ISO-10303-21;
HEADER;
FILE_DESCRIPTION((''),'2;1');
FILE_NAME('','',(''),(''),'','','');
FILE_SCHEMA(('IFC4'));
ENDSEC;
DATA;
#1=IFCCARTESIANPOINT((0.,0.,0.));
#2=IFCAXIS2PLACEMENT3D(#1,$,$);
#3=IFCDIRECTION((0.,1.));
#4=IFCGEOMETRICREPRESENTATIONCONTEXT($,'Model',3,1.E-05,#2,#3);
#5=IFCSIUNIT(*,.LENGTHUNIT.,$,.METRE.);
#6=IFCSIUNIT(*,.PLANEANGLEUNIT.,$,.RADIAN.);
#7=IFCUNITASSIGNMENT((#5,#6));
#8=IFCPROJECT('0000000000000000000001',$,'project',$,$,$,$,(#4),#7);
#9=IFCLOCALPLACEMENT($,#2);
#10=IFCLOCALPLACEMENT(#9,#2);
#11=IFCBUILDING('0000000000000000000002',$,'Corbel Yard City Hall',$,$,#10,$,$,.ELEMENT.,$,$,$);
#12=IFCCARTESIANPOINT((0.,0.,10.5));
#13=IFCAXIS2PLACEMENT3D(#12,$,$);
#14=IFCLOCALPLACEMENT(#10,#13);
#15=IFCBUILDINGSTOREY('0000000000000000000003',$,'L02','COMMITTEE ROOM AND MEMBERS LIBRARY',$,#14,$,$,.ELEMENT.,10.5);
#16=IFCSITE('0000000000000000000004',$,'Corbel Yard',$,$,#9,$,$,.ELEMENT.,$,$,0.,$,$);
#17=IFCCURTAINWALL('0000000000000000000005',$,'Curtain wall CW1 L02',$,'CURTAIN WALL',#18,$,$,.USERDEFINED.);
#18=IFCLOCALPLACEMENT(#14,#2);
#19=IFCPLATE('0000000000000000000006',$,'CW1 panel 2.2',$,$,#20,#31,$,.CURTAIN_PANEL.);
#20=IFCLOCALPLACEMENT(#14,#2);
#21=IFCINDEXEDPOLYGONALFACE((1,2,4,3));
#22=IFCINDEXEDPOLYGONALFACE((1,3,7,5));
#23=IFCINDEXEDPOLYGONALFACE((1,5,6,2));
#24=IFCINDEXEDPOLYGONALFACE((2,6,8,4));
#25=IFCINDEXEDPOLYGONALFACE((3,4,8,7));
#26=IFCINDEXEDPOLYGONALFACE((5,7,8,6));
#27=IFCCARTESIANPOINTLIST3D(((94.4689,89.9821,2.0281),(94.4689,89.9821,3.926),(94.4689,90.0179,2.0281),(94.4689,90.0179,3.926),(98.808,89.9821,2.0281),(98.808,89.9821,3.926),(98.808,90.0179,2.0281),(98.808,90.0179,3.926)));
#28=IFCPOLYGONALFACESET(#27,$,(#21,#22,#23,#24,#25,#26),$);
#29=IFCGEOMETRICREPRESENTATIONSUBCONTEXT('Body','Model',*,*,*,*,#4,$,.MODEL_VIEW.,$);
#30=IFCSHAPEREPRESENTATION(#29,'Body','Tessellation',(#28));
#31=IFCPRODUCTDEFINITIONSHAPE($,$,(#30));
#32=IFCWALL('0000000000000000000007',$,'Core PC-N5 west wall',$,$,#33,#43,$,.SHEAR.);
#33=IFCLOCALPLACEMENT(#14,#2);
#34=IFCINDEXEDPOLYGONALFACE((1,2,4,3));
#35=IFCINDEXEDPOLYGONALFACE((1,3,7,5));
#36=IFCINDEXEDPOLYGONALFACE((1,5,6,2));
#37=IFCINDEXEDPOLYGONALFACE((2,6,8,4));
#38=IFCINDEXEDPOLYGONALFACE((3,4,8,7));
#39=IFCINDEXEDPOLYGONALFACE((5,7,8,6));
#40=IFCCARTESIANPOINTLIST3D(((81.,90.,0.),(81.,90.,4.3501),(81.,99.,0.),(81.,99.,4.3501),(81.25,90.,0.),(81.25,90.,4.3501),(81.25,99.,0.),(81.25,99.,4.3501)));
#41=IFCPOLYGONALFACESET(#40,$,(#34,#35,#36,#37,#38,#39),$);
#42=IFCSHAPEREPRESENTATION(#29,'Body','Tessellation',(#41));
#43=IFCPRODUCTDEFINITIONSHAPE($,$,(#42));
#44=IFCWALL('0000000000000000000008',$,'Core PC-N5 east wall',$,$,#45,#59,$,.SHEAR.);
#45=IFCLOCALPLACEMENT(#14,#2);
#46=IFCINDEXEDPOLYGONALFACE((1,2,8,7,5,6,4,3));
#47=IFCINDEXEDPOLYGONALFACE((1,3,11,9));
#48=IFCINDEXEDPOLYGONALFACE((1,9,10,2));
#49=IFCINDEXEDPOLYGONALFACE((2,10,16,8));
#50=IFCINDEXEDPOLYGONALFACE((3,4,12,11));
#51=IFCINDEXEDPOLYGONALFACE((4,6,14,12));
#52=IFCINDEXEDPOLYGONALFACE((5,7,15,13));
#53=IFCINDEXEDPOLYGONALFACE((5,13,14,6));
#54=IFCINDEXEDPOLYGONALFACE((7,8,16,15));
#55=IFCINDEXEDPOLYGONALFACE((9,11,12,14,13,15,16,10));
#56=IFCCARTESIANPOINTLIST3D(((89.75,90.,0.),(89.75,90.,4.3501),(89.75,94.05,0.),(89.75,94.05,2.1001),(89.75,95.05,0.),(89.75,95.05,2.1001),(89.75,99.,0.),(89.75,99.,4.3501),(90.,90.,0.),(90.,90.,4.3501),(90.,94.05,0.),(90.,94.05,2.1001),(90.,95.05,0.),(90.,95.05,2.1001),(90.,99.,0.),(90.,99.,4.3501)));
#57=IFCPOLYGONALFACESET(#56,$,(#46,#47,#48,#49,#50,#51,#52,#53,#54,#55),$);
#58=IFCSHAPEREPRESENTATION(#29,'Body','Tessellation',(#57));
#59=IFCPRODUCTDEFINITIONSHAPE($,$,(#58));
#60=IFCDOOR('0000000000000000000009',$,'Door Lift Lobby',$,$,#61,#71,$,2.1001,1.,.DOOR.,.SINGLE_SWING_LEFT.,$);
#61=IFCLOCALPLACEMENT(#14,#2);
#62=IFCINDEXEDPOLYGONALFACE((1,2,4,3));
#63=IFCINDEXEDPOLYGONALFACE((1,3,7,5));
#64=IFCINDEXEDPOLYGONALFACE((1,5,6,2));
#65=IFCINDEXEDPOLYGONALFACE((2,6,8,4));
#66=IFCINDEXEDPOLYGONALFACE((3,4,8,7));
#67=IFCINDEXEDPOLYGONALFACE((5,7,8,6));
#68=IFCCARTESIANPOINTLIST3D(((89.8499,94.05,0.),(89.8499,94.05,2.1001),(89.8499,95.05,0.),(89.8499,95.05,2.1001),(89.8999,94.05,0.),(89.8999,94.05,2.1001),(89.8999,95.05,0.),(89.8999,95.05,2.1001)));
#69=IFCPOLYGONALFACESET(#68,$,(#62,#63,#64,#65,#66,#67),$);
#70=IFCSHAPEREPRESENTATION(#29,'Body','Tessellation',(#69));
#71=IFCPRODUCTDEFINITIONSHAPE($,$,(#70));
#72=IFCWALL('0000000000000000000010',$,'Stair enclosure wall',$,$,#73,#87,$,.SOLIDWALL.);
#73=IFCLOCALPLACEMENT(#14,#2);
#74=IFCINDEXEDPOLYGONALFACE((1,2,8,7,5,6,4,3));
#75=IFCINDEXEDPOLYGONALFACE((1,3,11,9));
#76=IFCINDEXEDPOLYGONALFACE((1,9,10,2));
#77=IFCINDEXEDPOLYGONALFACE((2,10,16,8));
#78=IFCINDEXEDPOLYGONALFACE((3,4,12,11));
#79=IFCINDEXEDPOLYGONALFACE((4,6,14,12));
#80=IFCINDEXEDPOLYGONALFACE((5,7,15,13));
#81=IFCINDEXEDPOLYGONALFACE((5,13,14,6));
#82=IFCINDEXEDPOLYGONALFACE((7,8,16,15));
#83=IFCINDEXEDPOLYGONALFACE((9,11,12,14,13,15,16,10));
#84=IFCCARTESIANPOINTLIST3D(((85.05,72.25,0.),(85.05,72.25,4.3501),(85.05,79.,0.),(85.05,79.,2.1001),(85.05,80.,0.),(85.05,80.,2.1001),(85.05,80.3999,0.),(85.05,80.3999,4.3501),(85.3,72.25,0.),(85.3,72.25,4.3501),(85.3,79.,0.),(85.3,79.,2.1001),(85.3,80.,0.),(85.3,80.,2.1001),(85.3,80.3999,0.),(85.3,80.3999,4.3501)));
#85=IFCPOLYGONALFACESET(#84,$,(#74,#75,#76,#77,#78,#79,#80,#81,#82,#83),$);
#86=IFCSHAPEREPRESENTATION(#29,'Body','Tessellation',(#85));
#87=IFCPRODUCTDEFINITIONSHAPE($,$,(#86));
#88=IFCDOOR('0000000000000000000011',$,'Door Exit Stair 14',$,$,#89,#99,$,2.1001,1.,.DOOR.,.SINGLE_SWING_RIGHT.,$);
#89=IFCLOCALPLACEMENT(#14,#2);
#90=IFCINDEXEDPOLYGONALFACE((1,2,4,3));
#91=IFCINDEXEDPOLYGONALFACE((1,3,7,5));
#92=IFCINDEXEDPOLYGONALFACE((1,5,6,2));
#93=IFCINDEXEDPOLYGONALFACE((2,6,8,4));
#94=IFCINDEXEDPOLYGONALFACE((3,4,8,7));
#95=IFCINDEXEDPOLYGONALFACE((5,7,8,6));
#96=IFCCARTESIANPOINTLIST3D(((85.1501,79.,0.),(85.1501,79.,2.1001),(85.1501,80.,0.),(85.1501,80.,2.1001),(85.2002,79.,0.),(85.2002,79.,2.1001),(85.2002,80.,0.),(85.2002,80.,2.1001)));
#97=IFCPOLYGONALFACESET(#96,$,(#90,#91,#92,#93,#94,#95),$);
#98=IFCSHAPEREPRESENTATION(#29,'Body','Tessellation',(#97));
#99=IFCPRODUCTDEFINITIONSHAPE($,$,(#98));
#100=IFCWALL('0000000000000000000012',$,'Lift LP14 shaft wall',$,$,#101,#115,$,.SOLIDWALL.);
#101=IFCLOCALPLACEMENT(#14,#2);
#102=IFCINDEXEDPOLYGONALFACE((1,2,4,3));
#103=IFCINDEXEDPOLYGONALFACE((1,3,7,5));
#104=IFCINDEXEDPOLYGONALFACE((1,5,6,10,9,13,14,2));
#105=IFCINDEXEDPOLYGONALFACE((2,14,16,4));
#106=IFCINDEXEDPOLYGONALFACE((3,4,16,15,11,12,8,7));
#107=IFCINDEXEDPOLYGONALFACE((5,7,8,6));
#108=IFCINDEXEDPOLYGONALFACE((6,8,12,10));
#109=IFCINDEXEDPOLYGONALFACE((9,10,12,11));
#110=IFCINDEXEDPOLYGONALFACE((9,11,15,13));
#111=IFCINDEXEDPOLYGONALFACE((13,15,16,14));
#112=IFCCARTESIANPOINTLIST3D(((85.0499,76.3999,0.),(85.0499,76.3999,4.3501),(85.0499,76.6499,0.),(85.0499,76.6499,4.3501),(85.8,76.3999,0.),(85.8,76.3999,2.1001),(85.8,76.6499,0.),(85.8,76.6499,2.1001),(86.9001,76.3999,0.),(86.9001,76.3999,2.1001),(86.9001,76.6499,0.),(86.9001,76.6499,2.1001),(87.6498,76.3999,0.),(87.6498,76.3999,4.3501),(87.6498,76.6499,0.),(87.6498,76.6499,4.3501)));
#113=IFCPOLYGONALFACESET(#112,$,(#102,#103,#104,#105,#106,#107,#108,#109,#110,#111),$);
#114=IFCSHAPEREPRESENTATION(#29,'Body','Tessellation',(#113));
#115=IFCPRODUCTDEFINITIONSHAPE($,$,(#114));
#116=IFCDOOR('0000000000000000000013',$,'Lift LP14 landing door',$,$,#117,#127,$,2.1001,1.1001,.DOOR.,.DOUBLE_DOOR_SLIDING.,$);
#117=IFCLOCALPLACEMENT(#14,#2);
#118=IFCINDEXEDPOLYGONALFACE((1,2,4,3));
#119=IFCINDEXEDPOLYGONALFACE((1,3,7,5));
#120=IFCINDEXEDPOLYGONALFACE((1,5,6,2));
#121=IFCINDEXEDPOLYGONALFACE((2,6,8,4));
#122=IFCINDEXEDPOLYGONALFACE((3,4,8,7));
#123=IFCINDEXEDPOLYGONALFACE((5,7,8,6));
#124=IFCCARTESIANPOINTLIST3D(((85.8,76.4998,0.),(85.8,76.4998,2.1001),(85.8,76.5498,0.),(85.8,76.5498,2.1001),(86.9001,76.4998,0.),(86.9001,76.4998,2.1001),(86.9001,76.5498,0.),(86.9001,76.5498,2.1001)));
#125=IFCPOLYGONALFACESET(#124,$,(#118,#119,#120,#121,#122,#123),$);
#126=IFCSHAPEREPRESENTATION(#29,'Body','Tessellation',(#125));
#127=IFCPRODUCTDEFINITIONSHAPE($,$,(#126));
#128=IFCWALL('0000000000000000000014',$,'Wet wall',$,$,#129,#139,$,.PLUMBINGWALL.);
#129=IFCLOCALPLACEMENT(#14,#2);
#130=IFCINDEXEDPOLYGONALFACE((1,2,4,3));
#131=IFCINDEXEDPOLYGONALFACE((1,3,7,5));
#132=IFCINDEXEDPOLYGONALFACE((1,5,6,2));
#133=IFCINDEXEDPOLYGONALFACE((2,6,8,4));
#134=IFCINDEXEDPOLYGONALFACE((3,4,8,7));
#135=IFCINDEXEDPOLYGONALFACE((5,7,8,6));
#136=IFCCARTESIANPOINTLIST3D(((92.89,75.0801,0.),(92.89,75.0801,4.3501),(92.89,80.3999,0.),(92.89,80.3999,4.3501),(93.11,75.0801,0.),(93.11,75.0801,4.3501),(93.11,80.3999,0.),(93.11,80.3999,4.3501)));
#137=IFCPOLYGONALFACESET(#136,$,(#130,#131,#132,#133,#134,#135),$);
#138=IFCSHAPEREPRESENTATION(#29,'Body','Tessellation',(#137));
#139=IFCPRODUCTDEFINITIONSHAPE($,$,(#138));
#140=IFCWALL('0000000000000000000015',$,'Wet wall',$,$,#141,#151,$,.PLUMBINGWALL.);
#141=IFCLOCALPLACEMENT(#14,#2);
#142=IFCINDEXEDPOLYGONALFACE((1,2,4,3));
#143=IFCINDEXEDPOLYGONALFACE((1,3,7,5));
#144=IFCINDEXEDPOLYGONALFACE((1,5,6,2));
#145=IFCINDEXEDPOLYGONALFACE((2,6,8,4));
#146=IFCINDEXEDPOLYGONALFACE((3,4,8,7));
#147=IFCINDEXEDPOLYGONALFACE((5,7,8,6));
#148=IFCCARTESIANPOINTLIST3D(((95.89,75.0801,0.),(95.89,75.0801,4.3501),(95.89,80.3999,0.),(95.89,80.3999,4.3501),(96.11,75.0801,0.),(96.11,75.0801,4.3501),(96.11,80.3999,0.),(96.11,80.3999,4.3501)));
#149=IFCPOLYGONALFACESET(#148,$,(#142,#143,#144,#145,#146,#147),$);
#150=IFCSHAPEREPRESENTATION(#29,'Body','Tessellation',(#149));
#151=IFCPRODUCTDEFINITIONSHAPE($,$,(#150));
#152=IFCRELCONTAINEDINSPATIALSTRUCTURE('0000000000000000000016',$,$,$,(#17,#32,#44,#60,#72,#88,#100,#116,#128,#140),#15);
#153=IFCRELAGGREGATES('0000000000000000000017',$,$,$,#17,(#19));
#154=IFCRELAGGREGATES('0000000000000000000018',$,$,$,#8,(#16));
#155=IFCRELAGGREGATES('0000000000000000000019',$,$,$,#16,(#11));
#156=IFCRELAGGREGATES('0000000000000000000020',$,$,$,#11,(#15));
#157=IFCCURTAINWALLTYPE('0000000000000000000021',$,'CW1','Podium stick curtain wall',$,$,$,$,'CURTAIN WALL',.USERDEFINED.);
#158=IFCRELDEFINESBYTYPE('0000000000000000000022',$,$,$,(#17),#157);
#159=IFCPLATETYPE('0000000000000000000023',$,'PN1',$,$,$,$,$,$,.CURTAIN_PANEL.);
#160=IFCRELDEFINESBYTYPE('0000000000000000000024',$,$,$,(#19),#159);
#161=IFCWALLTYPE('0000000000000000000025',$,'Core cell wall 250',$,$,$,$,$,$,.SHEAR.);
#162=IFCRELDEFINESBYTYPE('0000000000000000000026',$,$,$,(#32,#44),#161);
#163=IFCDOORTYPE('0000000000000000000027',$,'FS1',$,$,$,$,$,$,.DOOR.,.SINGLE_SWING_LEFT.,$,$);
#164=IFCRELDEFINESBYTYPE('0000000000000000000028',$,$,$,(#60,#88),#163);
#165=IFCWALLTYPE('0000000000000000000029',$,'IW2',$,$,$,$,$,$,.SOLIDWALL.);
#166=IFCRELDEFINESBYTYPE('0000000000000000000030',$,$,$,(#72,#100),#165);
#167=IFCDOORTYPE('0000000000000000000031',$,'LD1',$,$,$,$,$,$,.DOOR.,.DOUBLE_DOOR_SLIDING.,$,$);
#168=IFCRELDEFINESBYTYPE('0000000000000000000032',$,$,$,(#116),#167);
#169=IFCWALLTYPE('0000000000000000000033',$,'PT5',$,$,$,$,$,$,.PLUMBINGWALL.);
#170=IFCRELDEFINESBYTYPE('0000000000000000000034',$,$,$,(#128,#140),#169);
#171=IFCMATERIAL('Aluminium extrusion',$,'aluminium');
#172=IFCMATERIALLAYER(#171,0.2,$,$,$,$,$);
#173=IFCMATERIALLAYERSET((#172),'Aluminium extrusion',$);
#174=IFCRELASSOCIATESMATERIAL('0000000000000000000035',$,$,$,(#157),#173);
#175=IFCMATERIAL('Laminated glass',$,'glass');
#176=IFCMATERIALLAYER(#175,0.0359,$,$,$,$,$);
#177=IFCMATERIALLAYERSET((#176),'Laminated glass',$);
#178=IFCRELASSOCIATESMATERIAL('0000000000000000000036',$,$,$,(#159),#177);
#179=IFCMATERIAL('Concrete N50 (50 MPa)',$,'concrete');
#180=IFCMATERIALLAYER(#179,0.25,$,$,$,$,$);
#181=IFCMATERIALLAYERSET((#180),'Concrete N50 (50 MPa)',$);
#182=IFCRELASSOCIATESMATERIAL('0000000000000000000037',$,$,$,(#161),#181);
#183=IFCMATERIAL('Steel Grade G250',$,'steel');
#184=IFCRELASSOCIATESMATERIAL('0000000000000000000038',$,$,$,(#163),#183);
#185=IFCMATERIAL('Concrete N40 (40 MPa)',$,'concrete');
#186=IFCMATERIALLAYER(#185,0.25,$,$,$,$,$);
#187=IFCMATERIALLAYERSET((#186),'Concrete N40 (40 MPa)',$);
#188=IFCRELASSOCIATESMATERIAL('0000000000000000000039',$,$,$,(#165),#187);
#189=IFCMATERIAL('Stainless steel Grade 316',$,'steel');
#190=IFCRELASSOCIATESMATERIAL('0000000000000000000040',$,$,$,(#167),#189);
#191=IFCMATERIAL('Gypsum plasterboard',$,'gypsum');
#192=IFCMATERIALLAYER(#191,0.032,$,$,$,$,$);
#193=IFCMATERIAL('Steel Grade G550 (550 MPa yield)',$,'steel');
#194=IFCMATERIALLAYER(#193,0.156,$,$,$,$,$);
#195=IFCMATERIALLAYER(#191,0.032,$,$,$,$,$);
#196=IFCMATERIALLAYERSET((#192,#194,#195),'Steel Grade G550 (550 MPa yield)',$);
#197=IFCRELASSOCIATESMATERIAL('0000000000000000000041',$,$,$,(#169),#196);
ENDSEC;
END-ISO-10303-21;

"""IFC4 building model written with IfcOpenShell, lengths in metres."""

from ifc_helpers import new_model, si_unit, direction, frame, frame_2d, origin, origin_2d, place, context, subcontext, project, spatial, rectangle, extrude, material, layer, layer_set, type_object, element, fill, aggregate, save


model = new_model("IFC4")

# Units and contexts
model_context = context("Model", 3, precision=1e-05, world=origin(), true_north=direction((0.0, 1.0)))
body_context = subcontext(model_context, "Body", "Model", "MODEL_VIEW")
ifc_project = project(units=[si_unit("LENGTHUNIT", "METRE"), si_unit("PLANEANGLEUNIT", "RADIAN")], contexts=[model_context])

# Site, building, storey
site_placement = place(None, origin())
site = spatial("IfcSite", under=ifc_project, at=site_placement, Name="Corbel Yard", CompositionType="ELEMENT", RefElevation=0.0)
building_placement = place(site_placement, origin())
building = spatial("IfcBuilding", under=site, at=building_placement, Name="Corbel Yard City Hall", CompositionType="ELEMENT")
storey_placement = place(building_placement, frame((0.0, 0.0, 10.5)))
storey = spatial("IfcBuildingStorey", under=building, at=storey_placement, Name="L02", Description="COMMITTEE ROOM AND MEMBERS LIBRARY", CompositionType="ELEMENT", Elevation=10.5)

# Curtain wall, plate
ifc_material_1 = material(Name="Aluminium extrusion", Category="aluminium")
ifc_layer_1 = layer(ifc_material_1, 0.2)
ifc_layer_set_1 = layer_set([ifc_layer_1], Name="Aluminium extrusion")
curtain_wall_type = type_object("IfcCurtainWallType", Name="CW1", Description="Podium stick curtain wall", ElementType="CURTAIN WALL", PredefinedType="USERDEFINED", material=ifc_layer_set_1)
curtain_wall_placement = place(storey_placement, origin())
curtain_wall = element("IfcCurtainWall", 1, at=curtain_wall_placement, inside=storey, type_object=curtain_wall_type, Name="Curtain wall CW1 L02", ObjectType="CURTAIN WALL", PredefinedType="USERDEFINED")
ifc_material_2 = material(Name="Laminated glass", Category="glass")
ifc_layer_2 = layer(ifc_material_2, 0.0359)
ifc_layer_set_2 = layer_set([ifc_layer_2], Name="Laminated glass")
plate_type = type_object("IfcPlateType", Name="PN1", PredefinedType="CURTAIN_PANEL", material=ifc_layer_set_2)
plate_1_placement = place(storey_placement, frame((96.6384, 90.0, 2.0281), z_axis=(0.0, 0.0, 1.0), x_axis=(1.0, 0.0, 0.0)))
plate_1 = element("IfcPlate", 2, at=plate_1_placement, type_object=plate_type, Name="CW1 panel 2.2", PredefinedType="CURTAIN_PANEL", context=body_context, shape_type="SweptSolid", body=[
    extrude(rectangle(XDim=4.3391, YDim=0.0359, at=origin_2d()), origin(), (0.0, 0.0, 1.0), 1.8979),
])
aggregate(curtain_wall, [plate_1])

# Wall
ifc_material_3 = material(Name="Concrete N50 (50 MPa)", Category="concrete")
ifc_layer_3 = layer(ifc_material_3, 0.25)
ifc_layer_set_3 = layer_set([ifc_layer_3], Name="Concrete N50 (50 MPa)")
wall_type_1 = type_object("IfcWallType", Name="Core cell wall 250", PredefinedType="SHEAR", material=ifc_layer_set_3)
wall_1_placement = place(storey_placement, frame((81.125, 90.0, 0.0), z_axis=(0.0, 0.0, 1.0), x_axis=(0.0, 1.0, 0.0)))
element("IfcWall", 3, at=wall_1_placement, inside=storey, type_object=wall_type_1, Name="Core PC-N5 west wall", PredefinedType="SHEAR", context=body_context, shape_type="SweptSolid", body=[
    extrude(rectangle(XDim=9.0, YDim=0.25, at=frame_2d((4.5, 0.0))), origin(), (0.0, 0.0, 1.0), 4.3501),
])

# Walls, openings, doors
wall_2_placement = place(storey_placement, frame((89.875, 90.0, 0.0), z_axis=(0.0, 0.0, 1.0), x_axis=(0.0, 1.0, 0.0)))
wall_2 = element("IfcWall", 4, at=wall_2_placement, inside=storey, type_object=wall_type_1, Name="Core PC-N5 east wall", PredefinedType="SHEAR", context=body_context, shape_type="SweptSolid", body=[
    extrude(rectangle(XDim=9.0, YDim=0.25, at=frame_2d((4.5, 0.0))), origin(), (0.0, 0.0, 1.0), 4.3501),
])
opening_1_placement = place(wall_2_placement, frame((4.05, 0.0, 0.0)))
opening_1 = element("IfcOpeningElement", 5, at=opening_1_placement, cuts=wall_2, PredefinedType="OPENING", context=body_context, shape_type="SweptSolid", body=[
    extrude(rectangle(XDim=1.0, YDim=2.1001, at=frame_2d((0.5, 1.05))), frame((0.0, 0.135, 0.0), z_axis=(0.0, -1.0, 0.0), x_axis=(1.0, 0.0, 0.0)), (0.0, 0.0, 1.0), 0.27),
])
ifc_material_4 = material(Name="Steel Grade G250", Category="steel")
door_type_1 = type_object("IfcDoorType", Name="FS1", OperationType="SINGLE_SWING_LEFT", PredefinedType="DOOR", material=ifc_material_4)
door_1_placement = place(opening_1_placement, frame((1.0, 0.0, 0.0), z_axis=(0.0, 0.0, 1.0), x_axis=(-1.0, 0.0, 0.0)))
door_1 = element("IfcDoor", 6, at=door_1_placement, inside=storey, type_object=door_type_1, Name="Door Lift Lobby", OperationType="SINGLE_SWING_LEFT", OverallHeight=2.1001, OverallWidth=1.0, PredefinedType="DOOR", context=body_context, shape_type="SweptSolid", body=[
    extrude(rectangle(XDim=1.0, YDim=2.1001, at=frame_2d((0.5, 1.05))), frame((0.0, 0.0249, 0.0), z_axis=(0.0, -1.0, 0.0), x_axis=(1.0, 0.0, 0.0)), (0.0, 0.0, 1.0), 0.05),
])
fill(opening_1, door_1)
ifc_material_5 = material(Name="Concrete N40 (40 MPa)", Category="concrete")
ifc_layer_4 = layer(ifc_material_5, 0.25)
ifc_layer_set_4 = layer_set([ifc_layer_4], Name="Concrete N40 (40 MPa)")
wall_type_2 = type_object("IfcWallType", Name="IW2", PredefinedType="SOLIDWALL", material=ifc_layer_set_4)
wall_3_placement = place(storey_placement, frame((85.175, 80.3999, 0.0), z_axis=(0.0, 0.0, 1.0), x_axis=(0.0, -1.0, 0.0)))
wall_3 = element("IfcWall", 7, at=wall_3_placement, inside=storey, type_object=wall_type_2, Name="Stair enclosure wall", PredefinedType="SOLIDWALL", context=body_context, shape_type="SweptSolid", body=[
    extrude(rectangle(XDim=8.1499, YDim=0.25, at=frame_2d((4.075, 0.0))), origin(), (0.0, 0.0, 1.0), 4.3501),
])
opening_2_placement = place(wall_3_placement, frame((0.3999, 0.0, 0.0)))
opening_2 = element("IfcOpeningElement", 8, at=opening_2_placement, cuts=wall_3, PredefinedType="OPENING", context=body_context, shape_type="SweptSolid", body=[
    extrude(rectangle(XDim=1.0, YDim=2.1001, at=frame_2d((0.5, 1.05))), frame((0.0, 0.135, 0.0), z_axis=(0.0, -1.0, 0.0), x_axis=(1.0, 0.0, 0.0)), (0.0, 0.0, 1.0), 0.27),
])
door_2_placement = place(opening_2_placement, frame((1.0, 0.0, 0.0), z_axis=(0.0, 0.0, 1.0), x_axis=(-1.0, 0.0, 0.0)))
door_2 = element("IfcDoor", 9, at=door_2_placement, inside=storey, type_object=door_type_1, Name="Door Exit Stair 14", OperationType="SINGLE_SWING_RIGHT", OverallHeight=2.1001, OverallWidth=1.0, PredefinedType="DOOR", context=body_context, shape_type="SweptSolid", body=[
    extrude(rectangle(XDim=1.0, YDim=2.1001, at=frame_2d((0.5, 1.05))), frame((0.0, 0.0249, 0.0), z_axis=(0.0, -1.0, 0.0), x_axis=(1.0, 0.0, 0.0)), (0.0, 0.0, 1.0), 0.05),
])
fill(opening_2, door_2)
wall_4_placement = place(storey_placement, frame((85.05, 76.5249, 0.0), z_axis=(0.0, 0.0, 1.0), x_axis=(1.0, 0.0, 0.0)))
wall_4 = element("IfcWall", 10, at=wall_4_placement, inside=storey, type_object=wall_type_2, Name="Lift LP14 shaft wall", PredefinedType="SOLIDWALL", context=body_context, shape_type="SweptSolid", body=[
    extrude(rectangle(XDim=2.5999, YDim=0.25, at=frame_2d((1.2998, 0.0))), origin(), (0.0, 0.0, 1.0), 4.3501),
])
opening_3_placement = place(wall_4_placement, frame((0.75, 0.0, 0.0)))
opening_3 = element("IfcOpeningElement", 11, at=opening_3_placement, cuts=wall_4, PredefinedType="OPENING", context=body_context, shape_type="SweptSolid", body=[
    extrude(rectangle(XDim=1.1001, YDim=2.1001, at=frame_2d((0.55, 1.05))), frame((0.0, 0.135, 0.0), z_axis=(0.0, -1.0, 0.0), x_axis=(1.0, 0.0, 0.0)), (0.0, 0.0, 1.0), 0.27),
])
ifc_material_6 = material(Name="Stainless steel Grade 316", Category="steel")
door_type_2 = type_object("IfcDoorType", Name="LD1", OperationType="DOUBLE_DOOR_SLIDING", PredefinedType="DOOR", material=ifc_material_6)
door_3_placement = place(opening_3_placement, origin())
door_3 = element("IfcDoor", 12, at=door_3_placement, inside=storey, type_object=door_type_2, Name="Lift LP14 landing door", OperationType="DOUBLE_DOOR_SLIDING", OverallHeight=2.1001, OverallWidth=1.1001, PredefinedType="DOOR", context=body_context, shape_type="SweptSolid", body=[
    extrude(rectangle(XDim=1.1001, YDim=2.1001, at=frame_2d((0.55, 1.05))), frame((0.0, 0.0249, 0.0), z_axis=(0.0, -1.0, 0.0), x_axis=(1.0, 0.0, 0.0)), (0.0, 0.0, 1.0), 0.05),
])
fill(opening_3, door_3)

# Walls
ifc_material_7 = material(Name="Gypsum plasterboard", Category="gypsum")
ifc_layer_5 = layer(ifc_material_7, 0.032)
ifc_material_8 = material(Name="Steel Grade G550 (550 MPa yield)", Category="steel")
ifc_layer_6 = layer(ifc_material_8, 0.156)
ifc_layer_7 = layer(ifc_material_7, 0.032)
ifc_layer_set_5 = layer_set([ifc_layer_5, ifc_layer_6, ifc_layer_7], Name="Steel Grade G550 (550 MPa yield)")
wall_type_3 = type_object("IfcWallType", Name="PT5", PredefinedType="PLUMBINGWALL", material=ifc_layer_set_5)
for number, where, z_axis, x_axis, name in (
    (13, (93.0, 75.0801, 0.0), (0.0, 0.0, 1.0), (0.0, 1.0, 0.0), "Wet wall"),
    (14, (96.0, 75.0801, 0.0), (0.0, 0.0, 1.0), (0.0, 1.0, 0.0), "Wet wall"),
):
    element("IfcWall", number, at=place(storey_placement, frame(where, z_axis=z_axis, x_axis=x_axis)), inside=storey, type_object=wall_type_3, Name=name, PredefinedType="PLUMBINGWALL", context=body_context, shape_type="SweptSolid", body=[
        extrude(rectangle(XDim=5.3198, YDim=0.22, at=frame_2d((2.6599, 0.0))), origin(), (0.0, 0.0, 1.0), 4.3501),
    ])

save(model, "model.ifc")
